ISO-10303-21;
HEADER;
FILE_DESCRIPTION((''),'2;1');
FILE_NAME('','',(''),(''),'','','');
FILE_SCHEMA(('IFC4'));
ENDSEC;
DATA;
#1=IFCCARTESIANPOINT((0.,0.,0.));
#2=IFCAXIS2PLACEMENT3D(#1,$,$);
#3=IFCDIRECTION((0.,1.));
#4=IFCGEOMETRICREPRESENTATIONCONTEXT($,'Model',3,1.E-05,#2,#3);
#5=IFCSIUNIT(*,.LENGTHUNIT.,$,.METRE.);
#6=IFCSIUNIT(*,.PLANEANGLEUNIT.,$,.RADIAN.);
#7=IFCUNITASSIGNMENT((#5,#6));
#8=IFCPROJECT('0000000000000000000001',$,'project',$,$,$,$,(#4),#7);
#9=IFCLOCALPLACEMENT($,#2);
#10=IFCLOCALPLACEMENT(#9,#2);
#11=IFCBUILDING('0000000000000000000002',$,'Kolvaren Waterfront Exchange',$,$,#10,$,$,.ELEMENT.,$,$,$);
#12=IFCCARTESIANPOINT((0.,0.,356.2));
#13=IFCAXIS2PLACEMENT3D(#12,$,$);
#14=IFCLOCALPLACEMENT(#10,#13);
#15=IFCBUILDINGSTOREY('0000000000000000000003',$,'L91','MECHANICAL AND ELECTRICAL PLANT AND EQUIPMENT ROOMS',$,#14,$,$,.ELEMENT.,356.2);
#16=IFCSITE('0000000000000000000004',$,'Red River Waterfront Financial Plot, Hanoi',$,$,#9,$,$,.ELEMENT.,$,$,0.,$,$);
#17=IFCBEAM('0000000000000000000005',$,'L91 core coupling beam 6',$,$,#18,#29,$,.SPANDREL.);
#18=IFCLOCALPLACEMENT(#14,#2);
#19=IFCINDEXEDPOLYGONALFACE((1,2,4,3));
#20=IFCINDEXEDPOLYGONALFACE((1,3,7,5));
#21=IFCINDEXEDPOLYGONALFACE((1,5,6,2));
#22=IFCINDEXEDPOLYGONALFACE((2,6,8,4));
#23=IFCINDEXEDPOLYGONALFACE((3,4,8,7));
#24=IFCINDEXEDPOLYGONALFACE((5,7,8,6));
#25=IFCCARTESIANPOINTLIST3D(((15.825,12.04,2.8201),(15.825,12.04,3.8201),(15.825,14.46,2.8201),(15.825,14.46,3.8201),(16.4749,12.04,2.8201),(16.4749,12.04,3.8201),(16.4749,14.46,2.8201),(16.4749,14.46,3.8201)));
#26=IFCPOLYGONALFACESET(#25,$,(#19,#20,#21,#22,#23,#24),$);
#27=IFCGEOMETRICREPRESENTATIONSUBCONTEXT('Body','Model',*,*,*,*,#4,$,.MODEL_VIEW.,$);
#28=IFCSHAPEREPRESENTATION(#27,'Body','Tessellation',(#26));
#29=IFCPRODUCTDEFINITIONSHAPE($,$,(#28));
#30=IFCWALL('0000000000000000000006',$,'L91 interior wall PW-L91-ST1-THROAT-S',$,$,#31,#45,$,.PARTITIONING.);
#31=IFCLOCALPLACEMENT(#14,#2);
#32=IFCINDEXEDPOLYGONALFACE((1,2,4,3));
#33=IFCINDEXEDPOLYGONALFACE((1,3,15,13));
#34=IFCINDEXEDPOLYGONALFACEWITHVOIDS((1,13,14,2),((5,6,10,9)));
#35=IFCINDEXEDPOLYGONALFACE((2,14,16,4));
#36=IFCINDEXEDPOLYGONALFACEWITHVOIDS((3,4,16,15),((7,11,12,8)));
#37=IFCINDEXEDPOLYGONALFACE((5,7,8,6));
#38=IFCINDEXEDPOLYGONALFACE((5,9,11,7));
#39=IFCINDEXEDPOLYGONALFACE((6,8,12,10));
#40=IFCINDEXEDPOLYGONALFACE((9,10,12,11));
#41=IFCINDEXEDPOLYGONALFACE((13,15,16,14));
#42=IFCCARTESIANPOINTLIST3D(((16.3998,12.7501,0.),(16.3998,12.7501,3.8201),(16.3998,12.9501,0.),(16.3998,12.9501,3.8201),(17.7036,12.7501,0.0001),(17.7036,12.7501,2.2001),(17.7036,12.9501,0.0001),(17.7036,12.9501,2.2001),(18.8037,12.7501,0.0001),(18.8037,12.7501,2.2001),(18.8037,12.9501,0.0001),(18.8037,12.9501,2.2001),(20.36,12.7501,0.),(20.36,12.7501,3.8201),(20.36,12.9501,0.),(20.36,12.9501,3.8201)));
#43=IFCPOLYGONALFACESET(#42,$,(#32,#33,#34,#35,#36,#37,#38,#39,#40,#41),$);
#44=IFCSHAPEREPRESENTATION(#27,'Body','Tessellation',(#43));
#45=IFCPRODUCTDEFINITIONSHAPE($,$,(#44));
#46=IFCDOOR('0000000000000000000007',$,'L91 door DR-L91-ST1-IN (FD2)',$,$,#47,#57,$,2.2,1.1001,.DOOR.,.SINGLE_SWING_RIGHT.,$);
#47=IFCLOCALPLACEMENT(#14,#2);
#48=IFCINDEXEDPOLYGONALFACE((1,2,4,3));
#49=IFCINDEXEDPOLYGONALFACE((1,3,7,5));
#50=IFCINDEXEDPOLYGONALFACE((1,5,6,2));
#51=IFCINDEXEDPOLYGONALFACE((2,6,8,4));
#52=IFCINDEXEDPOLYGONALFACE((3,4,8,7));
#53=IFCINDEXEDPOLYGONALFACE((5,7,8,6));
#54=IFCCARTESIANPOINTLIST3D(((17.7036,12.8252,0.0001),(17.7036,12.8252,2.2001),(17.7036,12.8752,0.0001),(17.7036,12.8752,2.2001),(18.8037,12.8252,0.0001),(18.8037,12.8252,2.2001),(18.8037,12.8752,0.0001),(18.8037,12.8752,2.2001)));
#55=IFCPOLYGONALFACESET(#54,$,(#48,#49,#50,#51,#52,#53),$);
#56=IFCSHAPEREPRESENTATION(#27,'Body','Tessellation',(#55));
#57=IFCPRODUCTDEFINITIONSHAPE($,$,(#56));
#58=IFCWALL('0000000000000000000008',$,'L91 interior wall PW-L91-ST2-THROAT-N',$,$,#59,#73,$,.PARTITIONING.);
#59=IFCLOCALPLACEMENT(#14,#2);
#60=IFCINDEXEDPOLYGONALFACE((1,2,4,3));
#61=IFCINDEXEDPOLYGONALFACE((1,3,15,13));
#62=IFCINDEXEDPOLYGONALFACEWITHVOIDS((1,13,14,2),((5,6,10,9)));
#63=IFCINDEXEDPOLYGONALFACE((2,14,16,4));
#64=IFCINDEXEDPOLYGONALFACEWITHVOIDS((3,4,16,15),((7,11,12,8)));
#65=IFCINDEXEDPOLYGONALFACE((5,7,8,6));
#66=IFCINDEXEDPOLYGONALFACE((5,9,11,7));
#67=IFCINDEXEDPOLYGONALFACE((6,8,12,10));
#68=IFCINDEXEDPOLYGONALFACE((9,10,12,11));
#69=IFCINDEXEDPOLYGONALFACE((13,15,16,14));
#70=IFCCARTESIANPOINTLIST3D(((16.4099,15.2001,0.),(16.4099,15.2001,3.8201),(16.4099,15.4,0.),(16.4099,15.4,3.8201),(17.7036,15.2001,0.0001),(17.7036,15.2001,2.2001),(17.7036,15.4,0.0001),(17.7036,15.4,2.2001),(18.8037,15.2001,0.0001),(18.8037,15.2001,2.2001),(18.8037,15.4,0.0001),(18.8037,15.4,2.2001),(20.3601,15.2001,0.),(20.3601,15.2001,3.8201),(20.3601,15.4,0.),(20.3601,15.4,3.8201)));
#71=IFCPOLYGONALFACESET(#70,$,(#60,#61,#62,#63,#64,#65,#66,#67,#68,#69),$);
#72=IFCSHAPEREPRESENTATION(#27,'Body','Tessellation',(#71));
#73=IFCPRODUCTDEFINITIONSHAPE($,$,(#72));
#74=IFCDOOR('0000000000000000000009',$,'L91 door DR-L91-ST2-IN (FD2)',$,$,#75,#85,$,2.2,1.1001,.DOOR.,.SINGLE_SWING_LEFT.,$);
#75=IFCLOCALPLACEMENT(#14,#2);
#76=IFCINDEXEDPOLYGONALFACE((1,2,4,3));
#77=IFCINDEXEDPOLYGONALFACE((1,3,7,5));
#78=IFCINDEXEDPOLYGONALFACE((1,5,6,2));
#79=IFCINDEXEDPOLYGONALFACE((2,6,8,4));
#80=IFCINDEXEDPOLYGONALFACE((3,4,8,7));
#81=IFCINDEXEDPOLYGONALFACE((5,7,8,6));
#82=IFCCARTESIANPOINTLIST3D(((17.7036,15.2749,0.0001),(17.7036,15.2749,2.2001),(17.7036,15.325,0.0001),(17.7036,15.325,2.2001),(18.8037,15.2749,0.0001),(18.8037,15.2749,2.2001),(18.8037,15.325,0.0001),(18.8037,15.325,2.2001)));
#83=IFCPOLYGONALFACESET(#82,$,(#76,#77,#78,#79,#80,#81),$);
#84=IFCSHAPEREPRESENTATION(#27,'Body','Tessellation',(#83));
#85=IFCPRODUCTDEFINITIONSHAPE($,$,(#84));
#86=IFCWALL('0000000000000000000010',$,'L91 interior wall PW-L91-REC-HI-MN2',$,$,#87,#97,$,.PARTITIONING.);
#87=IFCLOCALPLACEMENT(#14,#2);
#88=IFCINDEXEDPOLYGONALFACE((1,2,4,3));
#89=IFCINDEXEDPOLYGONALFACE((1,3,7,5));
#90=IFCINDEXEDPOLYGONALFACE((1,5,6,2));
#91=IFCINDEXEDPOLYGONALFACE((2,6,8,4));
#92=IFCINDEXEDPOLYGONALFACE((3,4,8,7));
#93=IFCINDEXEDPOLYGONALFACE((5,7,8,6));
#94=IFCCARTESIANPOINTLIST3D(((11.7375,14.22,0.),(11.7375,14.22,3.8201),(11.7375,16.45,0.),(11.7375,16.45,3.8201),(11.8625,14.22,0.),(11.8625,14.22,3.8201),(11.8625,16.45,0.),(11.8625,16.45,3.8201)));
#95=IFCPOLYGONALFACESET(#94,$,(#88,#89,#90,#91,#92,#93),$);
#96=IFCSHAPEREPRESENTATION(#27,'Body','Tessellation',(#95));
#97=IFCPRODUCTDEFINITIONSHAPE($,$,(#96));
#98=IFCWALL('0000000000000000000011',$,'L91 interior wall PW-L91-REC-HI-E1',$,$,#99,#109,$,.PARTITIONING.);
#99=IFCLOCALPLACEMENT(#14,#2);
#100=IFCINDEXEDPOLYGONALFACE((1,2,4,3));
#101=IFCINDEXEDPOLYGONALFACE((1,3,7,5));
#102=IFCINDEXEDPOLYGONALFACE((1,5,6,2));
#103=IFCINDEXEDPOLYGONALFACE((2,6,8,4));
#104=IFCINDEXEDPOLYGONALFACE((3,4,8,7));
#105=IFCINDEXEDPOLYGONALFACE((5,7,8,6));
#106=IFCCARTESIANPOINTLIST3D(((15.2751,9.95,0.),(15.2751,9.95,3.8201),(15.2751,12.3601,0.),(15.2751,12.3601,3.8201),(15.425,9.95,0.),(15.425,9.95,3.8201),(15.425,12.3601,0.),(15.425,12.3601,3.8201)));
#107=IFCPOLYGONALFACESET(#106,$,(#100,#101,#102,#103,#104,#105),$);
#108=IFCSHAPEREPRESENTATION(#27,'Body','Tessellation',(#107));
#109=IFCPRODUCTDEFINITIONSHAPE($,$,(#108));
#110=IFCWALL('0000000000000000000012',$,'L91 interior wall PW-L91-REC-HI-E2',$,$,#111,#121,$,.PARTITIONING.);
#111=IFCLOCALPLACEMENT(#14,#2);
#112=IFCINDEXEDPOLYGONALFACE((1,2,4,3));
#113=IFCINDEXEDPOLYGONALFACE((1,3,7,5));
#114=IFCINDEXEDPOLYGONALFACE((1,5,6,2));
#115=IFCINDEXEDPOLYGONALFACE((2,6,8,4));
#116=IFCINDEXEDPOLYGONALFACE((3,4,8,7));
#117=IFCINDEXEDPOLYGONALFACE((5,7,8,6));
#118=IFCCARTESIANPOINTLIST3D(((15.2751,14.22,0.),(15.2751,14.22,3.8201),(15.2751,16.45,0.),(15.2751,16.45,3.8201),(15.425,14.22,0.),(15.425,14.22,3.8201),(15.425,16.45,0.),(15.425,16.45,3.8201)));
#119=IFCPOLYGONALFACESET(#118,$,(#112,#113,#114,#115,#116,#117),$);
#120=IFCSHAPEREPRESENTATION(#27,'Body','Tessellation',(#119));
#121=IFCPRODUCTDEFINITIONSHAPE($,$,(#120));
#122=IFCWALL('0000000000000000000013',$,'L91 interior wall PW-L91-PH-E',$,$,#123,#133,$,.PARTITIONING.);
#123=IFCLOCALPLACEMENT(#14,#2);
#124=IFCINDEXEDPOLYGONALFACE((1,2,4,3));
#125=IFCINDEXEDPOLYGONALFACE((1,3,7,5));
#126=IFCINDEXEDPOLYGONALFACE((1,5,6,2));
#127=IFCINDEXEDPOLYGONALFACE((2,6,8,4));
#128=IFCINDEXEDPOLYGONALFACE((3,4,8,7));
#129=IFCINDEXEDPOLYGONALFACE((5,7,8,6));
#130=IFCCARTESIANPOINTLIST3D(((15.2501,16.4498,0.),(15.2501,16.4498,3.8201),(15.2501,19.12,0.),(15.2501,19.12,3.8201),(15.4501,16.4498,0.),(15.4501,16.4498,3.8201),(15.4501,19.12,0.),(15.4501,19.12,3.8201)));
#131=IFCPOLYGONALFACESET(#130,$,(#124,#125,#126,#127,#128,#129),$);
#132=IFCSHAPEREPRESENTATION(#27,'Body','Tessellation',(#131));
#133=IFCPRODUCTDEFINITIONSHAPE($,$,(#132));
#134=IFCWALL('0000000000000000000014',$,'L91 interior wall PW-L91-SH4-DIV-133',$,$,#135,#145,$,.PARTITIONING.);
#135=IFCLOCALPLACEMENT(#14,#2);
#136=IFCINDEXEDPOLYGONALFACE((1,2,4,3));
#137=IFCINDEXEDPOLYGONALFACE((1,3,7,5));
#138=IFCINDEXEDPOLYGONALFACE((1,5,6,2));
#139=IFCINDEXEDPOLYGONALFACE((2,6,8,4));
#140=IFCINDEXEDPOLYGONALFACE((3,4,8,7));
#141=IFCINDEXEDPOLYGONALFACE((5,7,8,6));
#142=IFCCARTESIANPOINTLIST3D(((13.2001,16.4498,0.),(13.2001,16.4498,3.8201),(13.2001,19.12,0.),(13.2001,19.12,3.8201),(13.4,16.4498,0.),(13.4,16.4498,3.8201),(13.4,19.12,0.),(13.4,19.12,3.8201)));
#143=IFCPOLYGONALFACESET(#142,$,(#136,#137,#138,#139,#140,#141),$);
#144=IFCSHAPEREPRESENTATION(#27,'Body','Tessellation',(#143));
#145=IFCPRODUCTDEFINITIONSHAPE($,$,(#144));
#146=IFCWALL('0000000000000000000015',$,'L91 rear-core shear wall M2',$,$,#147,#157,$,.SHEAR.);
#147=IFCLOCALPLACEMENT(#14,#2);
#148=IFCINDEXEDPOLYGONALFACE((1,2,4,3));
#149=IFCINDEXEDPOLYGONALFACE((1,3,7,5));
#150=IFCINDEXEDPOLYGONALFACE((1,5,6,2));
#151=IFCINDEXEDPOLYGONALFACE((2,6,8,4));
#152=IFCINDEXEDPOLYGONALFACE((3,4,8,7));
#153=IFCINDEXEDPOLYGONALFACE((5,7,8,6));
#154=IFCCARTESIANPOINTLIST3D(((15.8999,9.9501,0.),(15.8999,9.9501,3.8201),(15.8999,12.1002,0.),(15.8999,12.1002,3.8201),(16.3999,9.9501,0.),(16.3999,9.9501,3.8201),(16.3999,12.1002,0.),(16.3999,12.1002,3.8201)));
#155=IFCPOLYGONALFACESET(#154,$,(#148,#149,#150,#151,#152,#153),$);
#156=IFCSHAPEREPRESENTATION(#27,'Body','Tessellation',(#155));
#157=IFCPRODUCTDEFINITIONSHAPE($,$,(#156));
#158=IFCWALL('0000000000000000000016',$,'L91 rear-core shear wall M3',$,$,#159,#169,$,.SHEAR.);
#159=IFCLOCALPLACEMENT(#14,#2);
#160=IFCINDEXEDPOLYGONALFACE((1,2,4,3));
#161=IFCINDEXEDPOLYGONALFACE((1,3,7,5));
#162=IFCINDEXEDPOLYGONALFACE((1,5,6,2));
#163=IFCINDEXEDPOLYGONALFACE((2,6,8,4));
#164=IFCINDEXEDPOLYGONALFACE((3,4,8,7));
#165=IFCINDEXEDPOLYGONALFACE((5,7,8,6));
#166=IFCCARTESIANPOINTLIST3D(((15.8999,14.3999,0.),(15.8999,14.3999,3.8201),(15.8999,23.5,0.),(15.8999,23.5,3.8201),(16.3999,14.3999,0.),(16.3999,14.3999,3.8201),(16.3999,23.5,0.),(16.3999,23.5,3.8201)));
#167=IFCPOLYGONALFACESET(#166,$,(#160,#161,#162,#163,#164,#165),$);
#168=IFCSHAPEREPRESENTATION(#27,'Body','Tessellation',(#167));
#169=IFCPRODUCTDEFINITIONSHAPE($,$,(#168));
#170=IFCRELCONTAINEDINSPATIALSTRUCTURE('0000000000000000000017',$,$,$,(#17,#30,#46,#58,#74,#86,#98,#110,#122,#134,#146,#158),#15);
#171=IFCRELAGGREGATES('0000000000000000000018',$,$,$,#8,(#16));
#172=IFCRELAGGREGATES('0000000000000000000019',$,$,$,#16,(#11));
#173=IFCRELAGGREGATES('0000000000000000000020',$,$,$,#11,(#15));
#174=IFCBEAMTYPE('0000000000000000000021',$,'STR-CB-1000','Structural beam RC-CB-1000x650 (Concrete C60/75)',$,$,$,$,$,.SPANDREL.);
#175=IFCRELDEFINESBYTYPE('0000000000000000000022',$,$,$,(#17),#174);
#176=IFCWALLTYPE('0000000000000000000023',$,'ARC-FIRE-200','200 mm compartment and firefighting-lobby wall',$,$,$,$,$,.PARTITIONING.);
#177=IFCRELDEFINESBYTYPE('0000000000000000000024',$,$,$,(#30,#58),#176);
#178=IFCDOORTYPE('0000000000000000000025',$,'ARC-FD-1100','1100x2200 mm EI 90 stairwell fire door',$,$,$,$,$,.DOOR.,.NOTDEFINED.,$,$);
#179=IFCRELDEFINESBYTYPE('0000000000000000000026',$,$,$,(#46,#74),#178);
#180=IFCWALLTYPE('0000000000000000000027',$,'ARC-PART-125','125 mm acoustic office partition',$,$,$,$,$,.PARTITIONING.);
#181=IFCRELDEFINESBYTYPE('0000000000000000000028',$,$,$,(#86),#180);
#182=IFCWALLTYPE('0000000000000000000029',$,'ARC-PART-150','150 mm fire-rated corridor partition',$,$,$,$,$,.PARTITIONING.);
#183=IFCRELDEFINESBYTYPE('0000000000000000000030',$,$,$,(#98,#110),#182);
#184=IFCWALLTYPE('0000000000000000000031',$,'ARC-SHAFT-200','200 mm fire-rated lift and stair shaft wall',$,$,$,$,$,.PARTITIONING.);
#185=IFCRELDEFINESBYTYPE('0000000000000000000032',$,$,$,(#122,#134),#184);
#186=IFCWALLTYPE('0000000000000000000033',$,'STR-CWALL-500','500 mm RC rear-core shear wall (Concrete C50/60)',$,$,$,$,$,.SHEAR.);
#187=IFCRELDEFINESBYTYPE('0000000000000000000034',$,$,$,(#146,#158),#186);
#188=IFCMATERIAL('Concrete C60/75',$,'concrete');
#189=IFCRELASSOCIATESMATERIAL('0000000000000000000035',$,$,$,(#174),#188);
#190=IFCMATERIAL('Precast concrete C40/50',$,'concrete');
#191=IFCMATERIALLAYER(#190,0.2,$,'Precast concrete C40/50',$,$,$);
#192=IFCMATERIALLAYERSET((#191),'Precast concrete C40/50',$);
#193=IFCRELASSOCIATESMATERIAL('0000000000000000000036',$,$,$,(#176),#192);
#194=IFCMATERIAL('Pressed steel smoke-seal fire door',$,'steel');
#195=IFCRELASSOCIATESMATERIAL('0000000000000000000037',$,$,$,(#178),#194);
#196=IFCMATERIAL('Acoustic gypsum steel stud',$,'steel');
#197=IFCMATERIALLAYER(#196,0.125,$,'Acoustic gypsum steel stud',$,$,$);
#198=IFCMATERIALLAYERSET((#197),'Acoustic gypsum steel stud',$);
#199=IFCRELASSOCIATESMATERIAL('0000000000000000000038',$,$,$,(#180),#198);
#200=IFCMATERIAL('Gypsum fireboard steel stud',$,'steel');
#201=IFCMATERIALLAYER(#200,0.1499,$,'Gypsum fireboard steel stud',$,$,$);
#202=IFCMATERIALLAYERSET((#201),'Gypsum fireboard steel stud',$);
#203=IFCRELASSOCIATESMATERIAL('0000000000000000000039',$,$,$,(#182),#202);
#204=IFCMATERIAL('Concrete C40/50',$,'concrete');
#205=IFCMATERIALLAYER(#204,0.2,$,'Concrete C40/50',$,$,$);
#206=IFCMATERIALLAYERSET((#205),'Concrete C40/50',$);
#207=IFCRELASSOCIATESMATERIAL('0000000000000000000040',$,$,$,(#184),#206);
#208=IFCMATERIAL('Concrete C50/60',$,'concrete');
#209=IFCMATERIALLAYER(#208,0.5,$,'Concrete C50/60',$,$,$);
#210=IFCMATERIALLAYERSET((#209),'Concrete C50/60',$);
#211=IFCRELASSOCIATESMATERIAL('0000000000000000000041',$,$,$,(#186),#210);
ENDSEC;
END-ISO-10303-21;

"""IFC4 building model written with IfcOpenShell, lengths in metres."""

from ifc_helpers import new_model, si_unit, direction, frame, frame_2d, origin, origin_2d, place, context, subcontext, project, spatial, rectangle, extrude, material, layer, layer_set, material_profile, profile_set, type_object, element, fill, save


model = new_model("IFC4")

# Units and contexts
model_context = context("Model", 3, precision=1e-05, world=origin(), true_north=direction((0.0, 1.0)))
body_context = subcontext(model_context, "Body", "Model", "MODEL_VIEW")
ifc_project = project(units=[si_unit("LENGTHUNIT", "METRE"), si_unit("PLANEANGLEUNIT", "RADIAN")], contexts=[model_context])

# Site, building, storey
site_placement = place(None, origin())
site = spatial("IfcSite", under=ifc_project, at=site_placement, Name="Red River Waterfront Financial Plot, Hanoi", CompositionType="ELEMENT", RefElevation=0.0)
building_placement = place(site_placement, origin())
building = spatial("IfcBuilding", under=site, at=building_placement, Name="Kolvaren Waterfront Exchange", CompositionType="ELEMENT")
storey_placement = place(building_placement, frame((0.0, 0.0, 356.2)))
storey = spatial("IfcBuildingStorey", under=building, at=storey_placement, Name="L91", Description="MECHANICAL AND ELECTRICAL PLANT AND EQUIPMENT ROOMS", CompositionType="ELEMENT", Elevation=356.2)

# Beam
ifc_material_1 = material(Name="Concrete C60/75", Category="concrete")
ifc_material_profile = material_profile(ifc_material_1, rectangle(XDim=0.6499, YDim=1.0, at=origin_2d()), Name="RC-CB-1000x650")
ifc_profile_set = profile_set([ifc_material_profile], Name="Concrete C60/75")
beam_type = type_object("IfcBeamType", Name="STR-CB-1000", Description="Structural beam RC-CB-1000x650 (Concrete C60/75)", PredefinedType="SPANDREL", material=ifc_profile_set)
beam_placement = place(storey_placement, frame((16.1499, 12.04, 3.3201), z_axis=(0.0, 1.0, 0.0), x_axis=(-1.0, 0.0, 0.0)))
element("IfcBeam", 1, at=beam_placement, inside=storey, type_object=beam_type, Name="L91 core coupling beam 6", PredefinedType="SPANDREL", context=body_context, shape_type="SweptSolid", body=[
    extrude(rectangle(XDim=0.6499, YDim=1.0, at=origin_2d()), origin(), (0.0, 0.0, 1.0), 2.4199),
])

# Walls, openings, doors
ifc_material_2 = material(Name="Precast concrete C40/50", Category="concrete")
ifc_layer_1 = layer(ifc_material_2, 0.2, Name="Precast concrete C40/50")
ifc_layer_set_1 = layer_set([ifc_layer_1], Name="Precast concrete C40/50")
wall_type_1 = type_object("IfcWallType", Name="ARC-FIRE-200", Description="200 mm compartment and firefighting-lobby wall", PredefinedType="PARTITIONING", material=ifc_layer_set_1)
wall_1_placement = place(storey_placement, frame((16.3999, 12.8501, 0.0), z_axis=(0.0, 0.0, 1.0), x_axis=(1.0, 0.0, 0.0)))
wall_1 = element("IfcWall", 2, at=wall_1_placement, inside=storey, type_object=wall_type_1, Name="L91 interior wall PW-L91-ST1-THROAT-S", PredefinedType="PARTITIONING", context=body_context, shape_type="SweptSolid", body=[
    extrude(rectangle(XDim=3.9602, YDim=0.2, at=frame_2d((1.98, 0.0))), origin(), (0.0, 0.0, 1.0), 3.8201),
])
opening_1_placement = place(wall_1_placement, frame((1.3037, 0.0, 0.0)))
opening_1 = element("IfcOpeningElement", 3, at=opening_1_placement, cuts=wall_1, PredefinedType="OPENING", context=body_context, shape_type="SweptSolid", body=[
    extrude(rectangle(XDim=1.1001, YDim=2.2, at=frame_2d((0.55, 1.1001))), frame((0.0, 0.1099, 0.0), z_axis=(0.0, -1.0, 0.0), x_axis=(1.0, 0.0, 0.0)), (0.0, 0.0, 1.0), 0.22),
])
ifc_material_3 = material(Name="Pressed steel smoke-seal fire door", Category="steel")
door_type = type_object("IfcDoorType", Name="ARC-FD-1100", Description="1100x2200 mm EI 90 stairwell fire door", OperationType="NOTDEFINED", PredefinedType="DOOR", material=ifc_material_3)
door_1_placement = place(opening_1_placement, frame((1.1001, 0.0, 0.0), z_axis=(0.0, 0.0, 1.0), x_axis=(-1.0, 0.0, 0.0)))
door_1 = element("IfcDoor", 4, at=door_1_placement, inside=storey, type_object=door_type, Name="L91 door DR-L91-ST1-IN (FD2)", OperationType="SINGLE_SWING_RIGHT", OverallHeight=2.2, OverallWidth=1.1001, PredefinedType="DOOR", context=body_context, shape_type="SweptSolid", body=[
    extrude(rectangle(XDim=1.1001, YDim=2.2, at=frame_2d((0.55, 1.1001))), frame((0.0, 0.0249, 0.0), z_axis=(0.0, -1.0, 0.0), x_axis=(1.0, 0.0, 0.0)), (0.0, 0.0, 1.0), 0.05),
])
fill(opening_1, door_1)
wall_2_placement = place(storey_placement, frame((16.4099, 15.3, 0.0), z_axis=(0.0, 0.0, 1.0), x_axis=(1.0, 0.0, 0.0)))
wall_2 = element("IfcWall", 5, at=wall_2_placement, inside=storey, type_object=wall_type_1, Name="L91 interior wall PW-L91-ST2-THROAT-N", PredefinedType="PARTITIONING", context=body_context, shape_type="SweptSolid", body=[
    extrude(rectangle(XDim=3.9502, YDim=0.2, at=frame_2d((1.9751, 0.0))), origin(), (0.0, 0.0, 1.0), 3.8201),
])
opening_2_placement = place(wall_2_placement, frame((1.2937, 0.0, 0.0)))
opening_2 = element("IfcOpeningElement", 6, at=opening_2_placement, cuts=wall_2, PredefinedType="OPENING", context=body_context, shape_type="SweptSolid", body=[
    extrude(rectangle(XDim=1.1001, YDim=2.2, at=frame_2d((0.55, 1.1001))), frame((0.0, 0.1099, 0.0), z_axis=(0.0, -1.0, 0.0), x_axis=(1.0, 0.0, 0.0)), (0.0, 0.0, 1.0), 0.22),
])
door_2_placement = place(opening_2_placement, origin())
door_2 = element("IfcDoor", 7, at=door_2_placement, inside=storey, type_object=door_type, Name="L91 door DR-L91-ST2-IN (FD2)", OperationType="SINGLE_SWING_LEFT", OverallHeight=2.2, OverallWidth=1.1001, PredefinedType="DOOR", context=body_context, shape_type="SweptSolid", body=[
    extrude(rectangle(XDim=1.1001, YDim=2.2, at=frame_2d((0.55, 1.1001))), frame((0.0, 0.0249, 0.0), z_axis=(0.0, -1.0, 0.0), x_axis=(1.0, 0.0, 0.0)), (0.0, 0.0, 1.0), 0.05),
])
fill(opening_2, door_2)

# Walls
ifc_material_4 = material(Name="Acoustic gypsum steel stud", Category="steel")
ifc_layer_2 = layer(ifc_material_4, 0.125, Name="Acoustic gypsum steel stud")
ifc_layer_set_2 = layer_set([ifc_layer_2], Name="Acoustic gypsum steel stud")
wall_type_2 = type_object("IfcWallType", Name="ARC-PART-125", Description="125 mm acoustic office partition", PredefinedType="PARTITIONING", material=ifc_layer_set_2)
wall_3_placement = place(storey_placement, frame((11.8, 14.22, 0.0), z_axis=(0.0, 0.0, 1.0), x_axis=(0.0, 1.0, 0.0)))
element("IfcWall", 8, at=wall_3_placement, inside=storey, type_object=wall_type_2, Name="L91 interior wall PW-L91-REC-HI-MN2", PredefinedType="PARTITIONING", context=body_context, shape_type="SweptSolid", body=[
    extrude(rectangle(XDim=2.23, YDim=0.125, at=frame_2d((1.115, 0.0))), origin(), (0.0, 0.0, 1.0), 3.8201),
])
ifc_material_5 = material(Name="Gypsum fireboard steel stud", Category="steel")
ifc_layer_3 = layer(ifc_material_5, 0.1499, Name="Gypsum fireboard steel stud")
ifc_layer_set_3 = layer_set([ifc_layer_3], Name="Gypsum fireboard steel stud")
wall_type_3 = type_object("IfcWallType", Name="ARC-PART-150", Description="150 mm fire-rated corridor partition", PredefinedType="PARTITIONING", material=ifc_layer_set_3)
wall_4_placement = place(storey_placement, frame((15.3501, 9.95, 0.0), z_axis=(0.0, 0.0, 1.0), x_axis=(0.0, 1.0, 0.0)))
element("IfcWall", 9, at=wall_4_placement, inside=storey, type_object=wall_type_3, Name="L91 interior wall PW-L91-REC-HI-E1", PredefinedType="PARTITIONING", context=body_context, shape_type="SweptSolid", body=[
    extrude(rectangle(XDim=2.4102, YDim=0.1499, at=frame_2d((1.2051, 0.0))), origin(), (0.0, 0.0, 1.0), 3.8201),
])
wall_5_placement = place(storey_placement, frame((15.3501, 14.22, 0.0), z_axis=(0.0, 0.0, 1.0), x_axis=(0.0, 1.0, 0.0)))
element("IfcWall", 10, at=wall_5_placement, inside=storey, type_object=wall_type_3, Name="L91 interior wall PW-L91-REC-HI-E2", PredefinedType="PARTITIONING", context=body_context, shape_type="SweptSolid", body=[
    extrude(rectangle(XDim=2.23, YDim=0.1499, at=frame_2d((1.115, 0.0))), origin(), (0.0, 0.0, 1.0), 3.8201),
])
ifc_material_6 = material(Name="Concrete C40/50", Category="concrete")
ifc_layer_4 = layer(ifc_material_6, 0.2, Name="Concrete C40/50")
ifc_layer_set_4 = layer_set([ifc_layer_4], Name="Concrete C40/50")
wall_type_4 = type_object("IfcWallType", Name="ARC-SHAFT-200", Description="200 mm fire-rated lift and stair shaft wall", PredefinedType="PARTITIONING", material=ifc_layer_set_4)
for number, where, z_axis, x_axis, name in (
    (11, (15.3501, 16.45, 0.0), (0.0, 0.0, 1.0), (0.0, 1.0, 0.0), "L91 interior wall PW-L91-PH-E"),
    (12, (13.3, 16.45, 0.0), (0.0, 0.0, 1.0), (0.0, 1.0, 0.0), "L91 interior wall PW-L91-SH4-DIV-133"),
):
    element("IfcWall", number, at=place(storey_placement, frame(where, z_axis=z_axis, x_axis=x_axis)), inside=storey, type_object=wall_type_4, Name=name, PredefinedType="PARTITIONING", context=body_context, shape_type="SweptSolid", body=[
        extrude(rectangle(XDim=2.6702, YDim=0.2, at=frame_2d((1.335, 0.0))), origin(), (0.0, 0.0, 1.0), 3.8201),
    ])
ifc_material_7 = material(Name="Concrete C50/60", Category="concrete")
ifc_layer_5 = layer(ifc_material_7, 0.5, Name="Concrete C50/60")
ifc_layer_set_5 = layer_set([ifc_layer_5], Name="Concrete C50/60")
wall_type_5 = type_object("IfcWallType", Name="STR-CWALL-500", Description="500 mm RC rear-core shear wall (Concrete C50/60)", PredefinedType="SHEAR", material=ifc_layer_set_5)
wall_6_placement = place(storey_placement, frame((16.1499, 9.95, 0.0), z_axis=(0.0, 0.0, 1.0), x_axis=(0.0, 1.0, 0.0)))
element("IfcWall", 13, at=wall_6_placement, inside=storey, type_object=wall_type_5, Name="L91 rear-core shear wall M2", PredefinedType="SHEAR", context=body_context, shape_type="SweptSolid", body=[
    extrude(rectangle(XDim=2.1501, YDim=0.5, at=frame_2d((1.0752, 0.0))), origin(), (0.0, 0.0, 1.0), 3.8201),
])
wall_7_placement = place(storey_placement, frame((16.1499, 14.3999, 0.0), z_axis=(0.0, 0.0, 1.0), x_axis=(0.0, 1.0, 0.0)))
element("IfcWall", 14, at=wall_7_placement, inside=storey, type_object=wall_type_5, Name="L91 rear-core shear wall M3", PredefinedType="SHEAR", context=body_context, shape_type="SweptSolid", body=[
    extrude(rectangle(XDim=9.1001, YDim=0.5, at=frame_2d((4.55, 0.0))), origin(), (0.0, 0.0, 1.0), 3.8201),
])

save(model, "model.ifc")
